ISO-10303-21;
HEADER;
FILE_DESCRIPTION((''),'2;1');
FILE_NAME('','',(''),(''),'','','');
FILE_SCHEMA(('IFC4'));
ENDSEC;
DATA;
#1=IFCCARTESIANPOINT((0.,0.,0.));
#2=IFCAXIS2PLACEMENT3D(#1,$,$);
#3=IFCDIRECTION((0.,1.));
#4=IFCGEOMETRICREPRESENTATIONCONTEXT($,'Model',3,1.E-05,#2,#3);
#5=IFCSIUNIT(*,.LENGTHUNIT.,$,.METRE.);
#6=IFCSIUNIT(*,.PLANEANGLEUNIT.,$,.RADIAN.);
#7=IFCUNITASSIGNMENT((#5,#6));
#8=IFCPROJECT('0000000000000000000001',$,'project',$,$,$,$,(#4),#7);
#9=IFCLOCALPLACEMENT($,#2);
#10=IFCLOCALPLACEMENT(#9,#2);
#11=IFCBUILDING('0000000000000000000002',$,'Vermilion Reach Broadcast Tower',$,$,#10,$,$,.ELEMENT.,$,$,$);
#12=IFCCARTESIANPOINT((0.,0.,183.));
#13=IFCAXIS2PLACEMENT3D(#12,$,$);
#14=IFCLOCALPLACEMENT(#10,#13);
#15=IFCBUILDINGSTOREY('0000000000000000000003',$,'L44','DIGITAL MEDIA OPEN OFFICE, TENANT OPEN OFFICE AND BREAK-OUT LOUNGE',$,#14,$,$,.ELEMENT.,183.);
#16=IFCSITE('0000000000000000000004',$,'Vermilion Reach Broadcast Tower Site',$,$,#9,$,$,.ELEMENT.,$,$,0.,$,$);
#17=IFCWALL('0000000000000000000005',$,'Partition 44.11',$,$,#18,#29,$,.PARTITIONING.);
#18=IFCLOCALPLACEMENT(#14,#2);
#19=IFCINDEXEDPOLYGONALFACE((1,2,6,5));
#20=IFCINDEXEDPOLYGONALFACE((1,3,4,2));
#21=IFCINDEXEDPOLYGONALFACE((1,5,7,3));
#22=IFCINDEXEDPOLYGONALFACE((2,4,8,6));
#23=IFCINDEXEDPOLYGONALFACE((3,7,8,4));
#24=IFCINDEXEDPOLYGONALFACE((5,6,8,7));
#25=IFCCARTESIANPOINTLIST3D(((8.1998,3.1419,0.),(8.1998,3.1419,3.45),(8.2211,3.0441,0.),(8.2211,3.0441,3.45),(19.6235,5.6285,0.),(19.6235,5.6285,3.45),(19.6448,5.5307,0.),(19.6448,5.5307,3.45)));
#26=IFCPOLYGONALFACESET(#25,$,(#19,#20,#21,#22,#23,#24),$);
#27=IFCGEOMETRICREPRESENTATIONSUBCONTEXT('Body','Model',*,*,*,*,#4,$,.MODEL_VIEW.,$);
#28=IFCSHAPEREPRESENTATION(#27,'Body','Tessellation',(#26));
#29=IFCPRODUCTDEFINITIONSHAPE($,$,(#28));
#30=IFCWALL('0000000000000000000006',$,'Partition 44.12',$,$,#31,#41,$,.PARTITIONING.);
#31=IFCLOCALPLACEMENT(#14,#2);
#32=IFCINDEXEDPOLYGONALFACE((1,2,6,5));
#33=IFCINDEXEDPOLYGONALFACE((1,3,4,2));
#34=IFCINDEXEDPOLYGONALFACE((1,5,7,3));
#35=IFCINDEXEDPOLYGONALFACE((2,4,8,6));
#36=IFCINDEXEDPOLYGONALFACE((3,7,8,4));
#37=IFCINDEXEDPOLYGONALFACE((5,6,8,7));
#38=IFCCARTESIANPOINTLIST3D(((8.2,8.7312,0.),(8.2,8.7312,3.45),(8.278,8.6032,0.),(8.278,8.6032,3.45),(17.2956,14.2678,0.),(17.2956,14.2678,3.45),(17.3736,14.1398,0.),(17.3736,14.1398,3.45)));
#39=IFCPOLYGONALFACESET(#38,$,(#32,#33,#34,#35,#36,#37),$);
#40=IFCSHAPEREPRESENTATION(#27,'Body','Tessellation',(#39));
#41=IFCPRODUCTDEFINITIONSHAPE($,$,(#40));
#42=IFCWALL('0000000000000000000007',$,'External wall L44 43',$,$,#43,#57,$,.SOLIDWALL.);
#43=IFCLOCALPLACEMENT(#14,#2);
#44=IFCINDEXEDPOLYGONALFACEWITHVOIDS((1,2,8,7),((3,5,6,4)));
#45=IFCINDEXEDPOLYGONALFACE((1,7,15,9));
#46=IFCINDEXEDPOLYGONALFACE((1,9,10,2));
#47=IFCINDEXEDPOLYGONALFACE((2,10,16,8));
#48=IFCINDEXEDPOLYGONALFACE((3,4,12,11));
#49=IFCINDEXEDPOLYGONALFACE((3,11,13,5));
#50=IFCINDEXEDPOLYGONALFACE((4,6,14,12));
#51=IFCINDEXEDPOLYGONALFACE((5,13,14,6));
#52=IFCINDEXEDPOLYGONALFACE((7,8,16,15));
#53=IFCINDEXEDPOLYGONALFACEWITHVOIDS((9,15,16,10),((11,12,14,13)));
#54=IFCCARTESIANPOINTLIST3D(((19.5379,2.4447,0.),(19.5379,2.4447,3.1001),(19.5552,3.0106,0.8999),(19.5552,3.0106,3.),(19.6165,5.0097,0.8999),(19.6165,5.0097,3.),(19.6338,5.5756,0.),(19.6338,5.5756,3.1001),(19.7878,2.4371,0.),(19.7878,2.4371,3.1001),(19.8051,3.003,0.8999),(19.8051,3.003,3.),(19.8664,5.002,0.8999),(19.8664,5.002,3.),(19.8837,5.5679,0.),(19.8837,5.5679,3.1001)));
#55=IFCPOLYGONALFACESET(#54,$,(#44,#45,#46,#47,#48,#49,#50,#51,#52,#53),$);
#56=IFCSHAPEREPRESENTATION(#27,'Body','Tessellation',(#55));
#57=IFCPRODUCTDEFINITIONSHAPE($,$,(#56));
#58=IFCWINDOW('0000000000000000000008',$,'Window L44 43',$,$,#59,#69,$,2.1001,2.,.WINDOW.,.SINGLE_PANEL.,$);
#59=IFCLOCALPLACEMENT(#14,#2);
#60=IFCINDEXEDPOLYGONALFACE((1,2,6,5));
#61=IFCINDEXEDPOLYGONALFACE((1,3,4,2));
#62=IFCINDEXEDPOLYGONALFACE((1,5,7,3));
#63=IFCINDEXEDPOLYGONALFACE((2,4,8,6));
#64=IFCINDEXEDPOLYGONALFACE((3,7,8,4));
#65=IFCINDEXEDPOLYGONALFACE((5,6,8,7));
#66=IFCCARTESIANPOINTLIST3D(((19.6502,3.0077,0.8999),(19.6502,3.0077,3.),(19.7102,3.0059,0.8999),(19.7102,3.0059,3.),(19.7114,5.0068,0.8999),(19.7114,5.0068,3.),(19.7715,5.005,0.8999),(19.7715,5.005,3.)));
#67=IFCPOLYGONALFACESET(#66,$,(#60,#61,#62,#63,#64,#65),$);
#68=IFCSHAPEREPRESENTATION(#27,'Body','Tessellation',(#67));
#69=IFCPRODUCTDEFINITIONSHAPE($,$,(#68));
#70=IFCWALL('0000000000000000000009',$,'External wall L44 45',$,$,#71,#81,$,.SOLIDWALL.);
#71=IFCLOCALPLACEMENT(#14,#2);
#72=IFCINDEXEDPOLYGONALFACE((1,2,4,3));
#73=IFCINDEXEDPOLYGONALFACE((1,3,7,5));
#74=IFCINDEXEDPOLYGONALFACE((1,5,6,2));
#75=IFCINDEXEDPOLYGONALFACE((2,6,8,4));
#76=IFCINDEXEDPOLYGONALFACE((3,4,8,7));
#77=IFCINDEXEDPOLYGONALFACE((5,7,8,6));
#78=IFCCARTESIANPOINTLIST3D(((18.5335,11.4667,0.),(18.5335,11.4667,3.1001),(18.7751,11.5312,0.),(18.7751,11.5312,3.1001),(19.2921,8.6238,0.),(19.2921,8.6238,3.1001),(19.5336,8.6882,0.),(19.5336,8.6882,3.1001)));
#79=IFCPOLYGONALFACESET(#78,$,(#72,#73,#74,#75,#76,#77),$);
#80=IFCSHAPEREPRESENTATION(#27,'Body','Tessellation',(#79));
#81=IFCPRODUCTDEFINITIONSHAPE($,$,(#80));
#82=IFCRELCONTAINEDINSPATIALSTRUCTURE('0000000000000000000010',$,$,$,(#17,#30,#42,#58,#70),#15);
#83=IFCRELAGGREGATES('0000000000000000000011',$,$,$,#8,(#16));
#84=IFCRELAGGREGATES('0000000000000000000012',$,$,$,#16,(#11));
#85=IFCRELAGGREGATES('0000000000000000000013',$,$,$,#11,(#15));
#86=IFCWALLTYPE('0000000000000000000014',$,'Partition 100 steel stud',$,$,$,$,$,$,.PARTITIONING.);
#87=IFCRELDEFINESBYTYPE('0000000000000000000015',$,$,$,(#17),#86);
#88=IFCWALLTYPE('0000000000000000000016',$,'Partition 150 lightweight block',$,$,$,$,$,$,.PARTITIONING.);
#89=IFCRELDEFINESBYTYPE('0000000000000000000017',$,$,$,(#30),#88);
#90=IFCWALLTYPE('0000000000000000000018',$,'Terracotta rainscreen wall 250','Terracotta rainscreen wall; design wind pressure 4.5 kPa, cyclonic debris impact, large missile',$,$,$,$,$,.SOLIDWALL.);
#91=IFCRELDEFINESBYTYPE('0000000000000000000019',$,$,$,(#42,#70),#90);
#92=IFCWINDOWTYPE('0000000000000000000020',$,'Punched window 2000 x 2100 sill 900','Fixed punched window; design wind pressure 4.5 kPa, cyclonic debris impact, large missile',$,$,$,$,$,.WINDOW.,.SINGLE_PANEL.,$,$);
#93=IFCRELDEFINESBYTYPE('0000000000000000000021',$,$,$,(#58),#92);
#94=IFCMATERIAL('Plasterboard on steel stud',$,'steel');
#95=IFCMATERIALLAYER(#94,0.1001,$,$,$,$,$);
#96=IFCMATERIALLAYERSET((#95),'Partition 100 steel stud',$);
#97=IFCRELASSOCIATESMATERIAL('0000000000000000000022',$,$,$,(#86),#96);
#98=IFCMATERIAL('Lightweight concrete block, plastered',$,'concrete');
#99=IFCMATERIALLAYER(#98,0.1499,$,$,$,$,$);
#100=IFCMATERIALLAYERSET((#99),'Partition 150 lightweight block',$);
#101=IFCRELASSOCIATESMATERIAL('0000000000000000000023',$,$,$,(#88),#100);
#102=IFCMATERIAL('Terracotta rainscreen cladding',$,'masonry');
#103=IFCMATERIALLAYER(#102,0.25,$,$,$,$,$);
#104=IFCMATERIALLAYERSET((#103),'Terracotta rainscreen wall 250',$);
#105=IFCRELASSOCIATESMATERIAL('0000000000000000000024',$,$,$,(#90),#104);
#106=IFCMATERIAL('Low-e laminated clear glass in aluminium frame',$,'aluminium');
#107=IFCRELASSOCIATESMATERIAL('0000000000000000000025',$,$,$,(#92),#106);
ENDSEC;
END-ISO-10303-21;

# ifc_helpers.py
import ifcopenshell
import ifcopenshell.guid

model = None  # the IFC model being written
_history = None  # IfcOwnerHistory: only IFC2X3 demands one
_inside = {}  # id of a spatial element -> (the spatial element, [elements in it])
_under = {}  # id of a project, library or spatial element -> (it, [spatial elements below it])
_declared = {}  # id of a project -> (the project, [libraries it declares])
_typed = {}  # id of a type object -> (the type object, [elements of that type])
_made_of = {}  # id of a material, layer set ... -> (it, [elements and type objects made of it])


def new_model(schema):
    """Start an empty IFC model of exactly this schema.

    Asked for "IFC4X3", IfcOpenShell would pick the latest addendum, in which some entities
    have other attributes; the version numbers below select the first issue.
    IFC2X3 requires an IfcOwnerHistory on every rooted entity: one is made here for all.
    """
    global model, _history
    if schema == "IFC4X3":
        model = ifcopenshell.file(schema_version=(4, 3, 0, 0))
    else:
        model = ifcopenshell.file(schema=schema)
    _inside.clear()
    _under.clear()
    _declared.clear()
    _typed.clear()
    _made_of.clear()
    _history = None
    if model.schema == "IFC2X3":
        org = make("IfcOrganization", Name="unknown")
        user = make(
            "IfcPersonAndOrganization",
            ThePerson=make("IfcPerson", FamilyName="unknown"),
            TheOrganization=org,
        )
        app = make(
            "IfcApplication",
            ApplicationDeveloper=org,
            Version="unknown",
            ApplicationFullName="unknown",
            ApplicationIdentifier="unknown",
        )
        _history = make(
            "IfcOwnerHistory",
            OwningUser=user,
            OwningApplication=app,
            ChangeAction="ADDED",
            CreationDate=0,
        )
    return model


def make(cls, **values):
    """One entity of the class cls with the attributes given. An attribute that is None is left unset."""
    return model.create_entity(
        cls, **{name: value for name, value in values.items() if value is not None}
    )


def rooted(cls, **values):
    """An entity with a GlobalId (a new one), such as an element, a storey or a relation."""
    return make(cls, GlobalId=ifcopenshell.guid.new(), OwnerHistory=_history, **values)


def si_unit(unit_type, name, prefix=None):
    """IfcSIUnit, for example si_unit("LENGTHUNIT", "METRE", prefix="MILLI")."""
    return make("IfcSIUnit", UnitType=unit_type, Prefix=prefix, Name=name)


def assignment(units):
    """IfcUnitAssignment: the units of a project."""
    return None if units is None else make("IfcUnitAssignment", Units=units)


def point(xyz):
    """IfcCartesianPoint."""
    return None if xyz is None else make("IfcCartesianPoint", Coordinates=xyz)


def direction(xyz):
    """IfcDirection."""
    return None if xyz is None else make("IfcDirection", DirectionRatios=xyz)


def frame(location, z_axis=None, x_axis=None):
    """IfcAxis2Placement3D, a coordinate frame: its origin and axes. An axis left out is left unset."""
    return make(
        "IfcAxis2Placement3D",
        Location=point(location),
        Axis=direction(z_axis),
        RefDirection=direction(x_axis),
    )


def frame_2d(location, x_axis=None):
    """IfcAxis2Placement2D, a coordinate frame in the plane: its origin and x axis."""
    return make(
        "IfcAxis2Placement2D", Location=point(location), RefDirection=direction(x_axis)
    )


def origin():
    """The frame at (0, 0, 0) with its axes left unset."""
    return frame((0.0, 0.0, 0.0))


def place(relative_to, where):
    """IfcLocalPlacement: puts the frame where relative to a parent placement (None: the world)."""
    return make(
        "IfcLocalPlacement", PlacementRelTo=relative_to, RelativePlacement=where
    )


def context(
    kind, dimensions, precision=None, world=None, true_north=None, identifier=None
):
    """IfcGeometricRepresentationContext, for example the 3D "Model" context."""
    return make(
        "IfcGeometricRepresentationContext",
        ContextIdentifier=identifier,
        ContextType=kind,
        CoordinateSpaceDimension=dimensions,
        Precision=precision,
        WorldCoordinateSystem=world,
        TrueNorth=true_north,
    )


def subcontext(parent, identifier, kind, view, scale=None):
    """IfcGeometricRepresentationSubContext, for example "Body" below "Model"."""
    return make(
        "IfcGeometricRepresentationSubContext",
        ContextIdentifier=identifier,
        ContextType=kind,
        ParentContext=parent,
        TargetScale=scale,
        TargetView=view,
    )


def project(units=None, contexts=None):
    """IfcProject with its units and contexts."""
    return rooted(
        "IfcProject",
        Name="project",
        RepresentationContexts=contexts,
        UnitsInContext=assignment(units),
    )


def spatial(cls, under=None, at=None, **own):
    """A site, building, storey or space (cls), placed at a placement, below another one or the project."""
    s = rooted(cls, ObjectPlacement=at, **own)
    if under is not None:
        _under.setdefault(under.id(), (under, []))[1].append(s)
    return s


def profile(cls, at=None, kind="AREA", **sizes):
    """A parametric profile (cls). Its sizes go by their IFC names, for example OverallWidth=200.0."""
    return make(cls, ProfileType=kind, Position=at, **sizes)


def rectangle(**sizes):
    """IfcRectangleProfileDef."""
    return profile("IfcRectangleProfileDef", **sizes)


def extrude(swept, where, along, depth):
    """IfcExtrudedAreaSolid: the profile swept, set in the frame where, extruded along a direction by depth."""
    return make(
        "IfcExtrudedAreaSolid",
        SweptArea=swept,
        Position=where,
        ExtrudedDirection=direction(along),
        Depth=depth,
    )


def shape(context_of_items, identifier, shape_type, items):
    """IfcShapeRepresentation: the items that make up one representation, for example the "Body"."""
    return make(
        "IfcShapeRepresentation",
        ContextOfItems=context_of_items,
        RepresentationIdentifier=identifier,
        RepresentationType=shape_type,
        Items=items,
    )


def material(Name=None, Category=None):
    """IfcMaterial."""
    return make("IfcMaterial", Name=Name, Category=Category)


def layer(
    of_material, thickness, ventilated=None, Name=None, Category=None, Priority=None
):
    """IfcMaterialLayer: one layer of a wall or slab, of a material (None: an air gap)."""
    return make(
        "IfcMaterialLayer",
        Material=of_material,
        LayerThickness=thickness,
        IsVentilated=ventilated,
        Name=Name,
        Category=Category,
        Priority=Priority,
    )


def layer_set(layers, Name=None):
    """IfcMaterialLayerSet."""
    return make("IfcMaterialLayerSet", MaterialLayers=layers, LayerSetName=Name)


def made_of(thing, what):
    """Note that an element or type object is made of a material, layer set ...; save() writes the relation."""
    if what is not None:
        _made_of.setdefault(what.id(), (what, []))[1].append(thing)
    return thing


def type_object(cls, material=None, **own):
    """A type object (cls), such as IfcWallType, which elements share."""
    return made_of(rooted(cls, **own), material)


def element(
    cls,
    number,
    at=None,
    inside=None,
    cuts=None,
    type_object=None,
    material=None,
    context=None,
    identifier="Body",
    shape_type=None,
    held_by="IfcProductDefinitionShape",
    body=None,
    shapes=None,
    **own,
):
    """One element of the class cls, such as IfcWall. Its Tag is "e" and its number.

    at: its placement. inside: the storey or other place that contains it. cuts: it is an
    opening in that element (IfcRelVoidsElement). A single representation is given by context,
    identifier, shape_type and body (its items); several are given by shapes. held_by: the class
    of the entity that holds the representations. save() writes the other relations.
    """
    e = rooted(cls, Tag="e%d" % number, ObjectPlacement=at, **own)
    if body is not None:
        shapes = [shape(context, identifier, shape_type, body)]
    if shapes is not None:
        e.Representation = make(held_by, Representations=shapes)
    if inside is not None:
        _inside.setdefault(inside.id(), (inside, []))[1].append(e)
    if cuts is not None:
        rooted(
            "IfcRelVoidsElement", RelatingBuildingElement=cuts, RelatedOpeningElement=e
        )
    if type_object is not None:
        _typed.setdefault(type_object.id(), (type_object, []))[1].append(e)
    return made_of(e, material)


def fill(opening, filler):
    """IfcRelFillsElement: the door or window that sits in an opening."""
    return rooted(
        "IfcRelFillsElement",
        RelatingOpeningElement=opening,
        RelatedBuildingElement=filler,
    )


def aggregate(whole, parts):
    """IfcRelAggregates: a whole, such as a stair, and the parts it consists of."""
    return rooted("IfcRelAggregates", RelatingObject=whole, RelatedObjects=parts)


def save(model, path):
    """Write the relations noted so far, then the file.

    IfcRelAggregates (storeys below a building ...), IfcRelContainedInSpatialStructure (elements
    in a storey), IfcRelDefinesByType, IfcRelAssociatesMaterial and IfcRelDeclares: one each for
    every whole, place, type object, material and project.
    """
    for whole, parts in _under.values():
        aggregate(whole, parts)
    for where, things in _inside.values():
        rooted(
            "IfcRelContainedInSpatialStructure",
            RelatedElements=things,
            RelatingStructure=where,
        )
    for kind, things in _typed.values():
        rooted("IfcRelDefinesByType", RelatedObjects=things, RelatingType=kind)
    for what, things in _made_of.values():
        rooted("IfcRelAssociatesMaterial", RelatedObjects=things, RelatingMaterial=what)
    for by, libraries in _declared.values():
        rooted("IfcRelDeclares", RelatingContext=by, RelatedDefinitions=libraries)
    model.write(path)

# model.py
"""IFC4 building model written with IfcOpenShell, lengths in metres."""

from ifc_helpers import new_model, si_unit, direction, frame, frame_2d, origin, place, context, subcontext, project, spatial, rectangle, extrude, material, layer, layer_set, type_object, element, fill, save


model = new_model("IFC4")

# Units and contexts
model_context = context("Model", 3, precision=1e-05, world=origin(), true_north=direction((0.0, 1.0)))
body_context = subcontext(model_context, "Body", "Model", "MODEL_VIEW")
ifc_project = project(units=[si_unit("LENGTHUNIT", "METRE"), si_unit("PLANEANGLEUNIT", "RADIAN")], contexts=[model_context])

# Site, building, storey
site_placement = place(None, origin())
site = spatial("IfcSite", under=ifc_project, at=site_placement, Name="Vermilion Reach Broadcast Tower Site", CompositionType="ELEMENT", RefElevation=0.0)
building_placement = place(site_placement, origin())
building = spatial("IfcBuilding", under=site, at=building_placement, Name="Vermilion Reach Broadcast Tower", CompositionType="ELEMENT")
storey_placement = place(building_placement, frame((0.0, 0.0, 183.0)))
storey = spatial("IfcBuildingStorey", under=building, at=storey_placement, Name="L44", Description="DIGITAL MEDIA OPEN OFFICE, TENANT OPEN OFFICE AND BREAK-OUT LOUNGE", CompositionType="ELEMENT", Elevation=183.0)

# Walls
ifc_material_1 = material(Name="Plasterboard on steel stud", Category="steel")
ifc_layer_1 = layer(ifc_material_1, 0.1001)
ifc_layer_set_1 = layer_set([ifc_layer_1], Name="Partition 100 steel stud")
wall_type_1 = type_object("IfcWallType", Name="Partition 100 steel stud", PredefinedType="PARTITIONING", material=ifc_layer_set_1)
wall_1_placement = place(storey_placement, frame((19.6343, 5.5796, 0.0), z_axis=(0.0, 0.0, 1.0), x_axis=(-0.97712, -0.21269, 0.0)))
element("IfcWall", 1, at=wall_1_placement, inside=storey, type_object=wall_type_1, Name="Partition 44.11", PredefinedType="PARTITIONING", context=body_context, shape_type="SweptSolid", body=[
    extrude(rectangle(XDim=11.6912, YDim=0.1001, at=frame_2d((5.8457, 0.0))), origin(), (0.0, 0.0, 1.0), 3.45),
])
ifc_material_2 = material(Name="Lightweight concrete block, plastered", Category="concrete")
ifc_layer_2 = layer(ifc_material_2, 0.1499)
ifc_layer_set_2 = layer_set([ifc_layer_2], Name="Partition 150 lightweight block")
wall_type_2 = type_object("IfcWallType", Name="Partition 150 lightweight block", PredefinedType="PARTITIONING", material=ifc_layer_set_2)
wall_2_placement = place(storey_placement, frame((17.3347, 14.2039, 0.0), z_axis=(0.0, 0.0, 1.0), x_axis=(-0.854194, -0.519954, 0.0)))
element("IfcWall", 2, at=wall_2_placement, inside=storey, type_object=wall_type_2, Name="Partition 44.12", PredefinedType="PARTITIONING", context=body_context, shape_type="SweptSolid", body=[
    extrude(rectangle(XDim=10.6482, YDim=0.1499, at=frame_2d((5.3242, 0.0))), origin(), (0.0, 0.0, 1.0), 3.45),
])

# Wall, opening, window
ifc_material_3 = material(Name="Terracotta rainscreen cladding", Category="masonry")
ifc_layer_3 = layer(ifc_material_3, 0.25)
ifc_layer_set_3 = layer_set([ifc_layer_3], Name="Terracotta rainscreen wall 250")
wall_type_3 = type_object("IfcWallType", Name="Terracotta rainscreen wall 250", Description="Terracotta rainscreen wall; design wind pressure 4.5 kPa, cyclonic debris impact, large missile", PredefinedType="SOLIDWALL", material=ifc_layer_set_3)
wall_3_placement = place(storey_placement, frame((19.6628, 2.4409, 0.0), z_axis=(0.0, 0.0, 1.0), x_axis=(0.030631, 0.999531, 0.0)))
wall_3 = element("IfcWall", 3, at=wall_3_placement, inside=storey, type_object=wall_type_3, Name="External wall L44 43", PredefinedType="SOLIDWALL", context=body_context, shape_type="SweptSolid", body=[
    extrude(rectangle(XDim=3.1323, YDim=0.25, at=frame_2d((1.5662, 0.0))), origin(), (0.0, 0.0, 1.0), 3.1001),
])
opening_1_placement = place(wall_3_placement, frame((0.5662, 0.0, 0.8999)))
opening_1 = element("IfcOpeningElement", 4, at=opening_1_placement, cuts=wall_3, PredefinedType="OPENING", context=body_context, shape_type="SweptSolid", body=[
    extrude(rectangle(XDim=2.0, YDim=2.1001, at=frame_2d((1.0, 1.05))), frame((0.0, 0.135, 0.0), z_axis=(0.0, -1.0, 0.0), x_axis=(1.0, 0.0, 0.0)), (0.0, 0.0, 1.0), 0.27),
])
ifc_material_4 = material(Name="Low-e laminated clear glass in aluminium frame", Category="aluminium")
window_type = type_object("IfcWindowType", Name="Punched window 2000 x 2100 sill 900", Description="Fixed punched window; design wind pressure 4.5 kPa, cyclonic debris impact, large missile", PartitioningType="SINGLE_PANEL", PredefinedType="WINDOW", material=ifc_material_4)
window_placement = place(opening_1_placement, origin())
window = element("IfcWindow", 5, at=window_placement, inside=storey, type_object=window_type, Name="Window L44 43", OverallHeight=2.1001, OverallWidth=2.0, PartitioningType="SINGLE_PANEL", PredefinedType="WINDOW", context=body_context, shape_type="SweptSolid", body=[
    extrude(rectangle(XDim=2.0, YDim=2.1001, at=frame_2d((1.0, 1.05))), frame((0.0, 0.03, 0.0), z_axis=(0.0, -1.0, 0.0), x_axis=(1.0, 0.0, 0.0)), (0.0, 0.0, 1.0), 0.0601),
])
fill(opening_1, window)

# Wall
wall_4_placement = place(storey_placement, frame((19.4128, 8.656, 0.0), z_axis=(0.0, 0.0, 1.0), x_axis=(-0.257792, 0.966201, 0.0)))
element("IfcWall", 6, at=wall_4_placement, inside=storey, type_object=wall_type_3, Name="External wall L44 45", PredefinedType="SOLIDWALL", context=body_context, shape_type="SweptSolid", body=[
    extrude(rectangle(XDim=2.9424, YDim=0.25, at=frame_2d((1.4712, 0.0))), origin(), (0.0, 0.0, 1.0), 3.1001),
])

save(model, "model.ifc")
